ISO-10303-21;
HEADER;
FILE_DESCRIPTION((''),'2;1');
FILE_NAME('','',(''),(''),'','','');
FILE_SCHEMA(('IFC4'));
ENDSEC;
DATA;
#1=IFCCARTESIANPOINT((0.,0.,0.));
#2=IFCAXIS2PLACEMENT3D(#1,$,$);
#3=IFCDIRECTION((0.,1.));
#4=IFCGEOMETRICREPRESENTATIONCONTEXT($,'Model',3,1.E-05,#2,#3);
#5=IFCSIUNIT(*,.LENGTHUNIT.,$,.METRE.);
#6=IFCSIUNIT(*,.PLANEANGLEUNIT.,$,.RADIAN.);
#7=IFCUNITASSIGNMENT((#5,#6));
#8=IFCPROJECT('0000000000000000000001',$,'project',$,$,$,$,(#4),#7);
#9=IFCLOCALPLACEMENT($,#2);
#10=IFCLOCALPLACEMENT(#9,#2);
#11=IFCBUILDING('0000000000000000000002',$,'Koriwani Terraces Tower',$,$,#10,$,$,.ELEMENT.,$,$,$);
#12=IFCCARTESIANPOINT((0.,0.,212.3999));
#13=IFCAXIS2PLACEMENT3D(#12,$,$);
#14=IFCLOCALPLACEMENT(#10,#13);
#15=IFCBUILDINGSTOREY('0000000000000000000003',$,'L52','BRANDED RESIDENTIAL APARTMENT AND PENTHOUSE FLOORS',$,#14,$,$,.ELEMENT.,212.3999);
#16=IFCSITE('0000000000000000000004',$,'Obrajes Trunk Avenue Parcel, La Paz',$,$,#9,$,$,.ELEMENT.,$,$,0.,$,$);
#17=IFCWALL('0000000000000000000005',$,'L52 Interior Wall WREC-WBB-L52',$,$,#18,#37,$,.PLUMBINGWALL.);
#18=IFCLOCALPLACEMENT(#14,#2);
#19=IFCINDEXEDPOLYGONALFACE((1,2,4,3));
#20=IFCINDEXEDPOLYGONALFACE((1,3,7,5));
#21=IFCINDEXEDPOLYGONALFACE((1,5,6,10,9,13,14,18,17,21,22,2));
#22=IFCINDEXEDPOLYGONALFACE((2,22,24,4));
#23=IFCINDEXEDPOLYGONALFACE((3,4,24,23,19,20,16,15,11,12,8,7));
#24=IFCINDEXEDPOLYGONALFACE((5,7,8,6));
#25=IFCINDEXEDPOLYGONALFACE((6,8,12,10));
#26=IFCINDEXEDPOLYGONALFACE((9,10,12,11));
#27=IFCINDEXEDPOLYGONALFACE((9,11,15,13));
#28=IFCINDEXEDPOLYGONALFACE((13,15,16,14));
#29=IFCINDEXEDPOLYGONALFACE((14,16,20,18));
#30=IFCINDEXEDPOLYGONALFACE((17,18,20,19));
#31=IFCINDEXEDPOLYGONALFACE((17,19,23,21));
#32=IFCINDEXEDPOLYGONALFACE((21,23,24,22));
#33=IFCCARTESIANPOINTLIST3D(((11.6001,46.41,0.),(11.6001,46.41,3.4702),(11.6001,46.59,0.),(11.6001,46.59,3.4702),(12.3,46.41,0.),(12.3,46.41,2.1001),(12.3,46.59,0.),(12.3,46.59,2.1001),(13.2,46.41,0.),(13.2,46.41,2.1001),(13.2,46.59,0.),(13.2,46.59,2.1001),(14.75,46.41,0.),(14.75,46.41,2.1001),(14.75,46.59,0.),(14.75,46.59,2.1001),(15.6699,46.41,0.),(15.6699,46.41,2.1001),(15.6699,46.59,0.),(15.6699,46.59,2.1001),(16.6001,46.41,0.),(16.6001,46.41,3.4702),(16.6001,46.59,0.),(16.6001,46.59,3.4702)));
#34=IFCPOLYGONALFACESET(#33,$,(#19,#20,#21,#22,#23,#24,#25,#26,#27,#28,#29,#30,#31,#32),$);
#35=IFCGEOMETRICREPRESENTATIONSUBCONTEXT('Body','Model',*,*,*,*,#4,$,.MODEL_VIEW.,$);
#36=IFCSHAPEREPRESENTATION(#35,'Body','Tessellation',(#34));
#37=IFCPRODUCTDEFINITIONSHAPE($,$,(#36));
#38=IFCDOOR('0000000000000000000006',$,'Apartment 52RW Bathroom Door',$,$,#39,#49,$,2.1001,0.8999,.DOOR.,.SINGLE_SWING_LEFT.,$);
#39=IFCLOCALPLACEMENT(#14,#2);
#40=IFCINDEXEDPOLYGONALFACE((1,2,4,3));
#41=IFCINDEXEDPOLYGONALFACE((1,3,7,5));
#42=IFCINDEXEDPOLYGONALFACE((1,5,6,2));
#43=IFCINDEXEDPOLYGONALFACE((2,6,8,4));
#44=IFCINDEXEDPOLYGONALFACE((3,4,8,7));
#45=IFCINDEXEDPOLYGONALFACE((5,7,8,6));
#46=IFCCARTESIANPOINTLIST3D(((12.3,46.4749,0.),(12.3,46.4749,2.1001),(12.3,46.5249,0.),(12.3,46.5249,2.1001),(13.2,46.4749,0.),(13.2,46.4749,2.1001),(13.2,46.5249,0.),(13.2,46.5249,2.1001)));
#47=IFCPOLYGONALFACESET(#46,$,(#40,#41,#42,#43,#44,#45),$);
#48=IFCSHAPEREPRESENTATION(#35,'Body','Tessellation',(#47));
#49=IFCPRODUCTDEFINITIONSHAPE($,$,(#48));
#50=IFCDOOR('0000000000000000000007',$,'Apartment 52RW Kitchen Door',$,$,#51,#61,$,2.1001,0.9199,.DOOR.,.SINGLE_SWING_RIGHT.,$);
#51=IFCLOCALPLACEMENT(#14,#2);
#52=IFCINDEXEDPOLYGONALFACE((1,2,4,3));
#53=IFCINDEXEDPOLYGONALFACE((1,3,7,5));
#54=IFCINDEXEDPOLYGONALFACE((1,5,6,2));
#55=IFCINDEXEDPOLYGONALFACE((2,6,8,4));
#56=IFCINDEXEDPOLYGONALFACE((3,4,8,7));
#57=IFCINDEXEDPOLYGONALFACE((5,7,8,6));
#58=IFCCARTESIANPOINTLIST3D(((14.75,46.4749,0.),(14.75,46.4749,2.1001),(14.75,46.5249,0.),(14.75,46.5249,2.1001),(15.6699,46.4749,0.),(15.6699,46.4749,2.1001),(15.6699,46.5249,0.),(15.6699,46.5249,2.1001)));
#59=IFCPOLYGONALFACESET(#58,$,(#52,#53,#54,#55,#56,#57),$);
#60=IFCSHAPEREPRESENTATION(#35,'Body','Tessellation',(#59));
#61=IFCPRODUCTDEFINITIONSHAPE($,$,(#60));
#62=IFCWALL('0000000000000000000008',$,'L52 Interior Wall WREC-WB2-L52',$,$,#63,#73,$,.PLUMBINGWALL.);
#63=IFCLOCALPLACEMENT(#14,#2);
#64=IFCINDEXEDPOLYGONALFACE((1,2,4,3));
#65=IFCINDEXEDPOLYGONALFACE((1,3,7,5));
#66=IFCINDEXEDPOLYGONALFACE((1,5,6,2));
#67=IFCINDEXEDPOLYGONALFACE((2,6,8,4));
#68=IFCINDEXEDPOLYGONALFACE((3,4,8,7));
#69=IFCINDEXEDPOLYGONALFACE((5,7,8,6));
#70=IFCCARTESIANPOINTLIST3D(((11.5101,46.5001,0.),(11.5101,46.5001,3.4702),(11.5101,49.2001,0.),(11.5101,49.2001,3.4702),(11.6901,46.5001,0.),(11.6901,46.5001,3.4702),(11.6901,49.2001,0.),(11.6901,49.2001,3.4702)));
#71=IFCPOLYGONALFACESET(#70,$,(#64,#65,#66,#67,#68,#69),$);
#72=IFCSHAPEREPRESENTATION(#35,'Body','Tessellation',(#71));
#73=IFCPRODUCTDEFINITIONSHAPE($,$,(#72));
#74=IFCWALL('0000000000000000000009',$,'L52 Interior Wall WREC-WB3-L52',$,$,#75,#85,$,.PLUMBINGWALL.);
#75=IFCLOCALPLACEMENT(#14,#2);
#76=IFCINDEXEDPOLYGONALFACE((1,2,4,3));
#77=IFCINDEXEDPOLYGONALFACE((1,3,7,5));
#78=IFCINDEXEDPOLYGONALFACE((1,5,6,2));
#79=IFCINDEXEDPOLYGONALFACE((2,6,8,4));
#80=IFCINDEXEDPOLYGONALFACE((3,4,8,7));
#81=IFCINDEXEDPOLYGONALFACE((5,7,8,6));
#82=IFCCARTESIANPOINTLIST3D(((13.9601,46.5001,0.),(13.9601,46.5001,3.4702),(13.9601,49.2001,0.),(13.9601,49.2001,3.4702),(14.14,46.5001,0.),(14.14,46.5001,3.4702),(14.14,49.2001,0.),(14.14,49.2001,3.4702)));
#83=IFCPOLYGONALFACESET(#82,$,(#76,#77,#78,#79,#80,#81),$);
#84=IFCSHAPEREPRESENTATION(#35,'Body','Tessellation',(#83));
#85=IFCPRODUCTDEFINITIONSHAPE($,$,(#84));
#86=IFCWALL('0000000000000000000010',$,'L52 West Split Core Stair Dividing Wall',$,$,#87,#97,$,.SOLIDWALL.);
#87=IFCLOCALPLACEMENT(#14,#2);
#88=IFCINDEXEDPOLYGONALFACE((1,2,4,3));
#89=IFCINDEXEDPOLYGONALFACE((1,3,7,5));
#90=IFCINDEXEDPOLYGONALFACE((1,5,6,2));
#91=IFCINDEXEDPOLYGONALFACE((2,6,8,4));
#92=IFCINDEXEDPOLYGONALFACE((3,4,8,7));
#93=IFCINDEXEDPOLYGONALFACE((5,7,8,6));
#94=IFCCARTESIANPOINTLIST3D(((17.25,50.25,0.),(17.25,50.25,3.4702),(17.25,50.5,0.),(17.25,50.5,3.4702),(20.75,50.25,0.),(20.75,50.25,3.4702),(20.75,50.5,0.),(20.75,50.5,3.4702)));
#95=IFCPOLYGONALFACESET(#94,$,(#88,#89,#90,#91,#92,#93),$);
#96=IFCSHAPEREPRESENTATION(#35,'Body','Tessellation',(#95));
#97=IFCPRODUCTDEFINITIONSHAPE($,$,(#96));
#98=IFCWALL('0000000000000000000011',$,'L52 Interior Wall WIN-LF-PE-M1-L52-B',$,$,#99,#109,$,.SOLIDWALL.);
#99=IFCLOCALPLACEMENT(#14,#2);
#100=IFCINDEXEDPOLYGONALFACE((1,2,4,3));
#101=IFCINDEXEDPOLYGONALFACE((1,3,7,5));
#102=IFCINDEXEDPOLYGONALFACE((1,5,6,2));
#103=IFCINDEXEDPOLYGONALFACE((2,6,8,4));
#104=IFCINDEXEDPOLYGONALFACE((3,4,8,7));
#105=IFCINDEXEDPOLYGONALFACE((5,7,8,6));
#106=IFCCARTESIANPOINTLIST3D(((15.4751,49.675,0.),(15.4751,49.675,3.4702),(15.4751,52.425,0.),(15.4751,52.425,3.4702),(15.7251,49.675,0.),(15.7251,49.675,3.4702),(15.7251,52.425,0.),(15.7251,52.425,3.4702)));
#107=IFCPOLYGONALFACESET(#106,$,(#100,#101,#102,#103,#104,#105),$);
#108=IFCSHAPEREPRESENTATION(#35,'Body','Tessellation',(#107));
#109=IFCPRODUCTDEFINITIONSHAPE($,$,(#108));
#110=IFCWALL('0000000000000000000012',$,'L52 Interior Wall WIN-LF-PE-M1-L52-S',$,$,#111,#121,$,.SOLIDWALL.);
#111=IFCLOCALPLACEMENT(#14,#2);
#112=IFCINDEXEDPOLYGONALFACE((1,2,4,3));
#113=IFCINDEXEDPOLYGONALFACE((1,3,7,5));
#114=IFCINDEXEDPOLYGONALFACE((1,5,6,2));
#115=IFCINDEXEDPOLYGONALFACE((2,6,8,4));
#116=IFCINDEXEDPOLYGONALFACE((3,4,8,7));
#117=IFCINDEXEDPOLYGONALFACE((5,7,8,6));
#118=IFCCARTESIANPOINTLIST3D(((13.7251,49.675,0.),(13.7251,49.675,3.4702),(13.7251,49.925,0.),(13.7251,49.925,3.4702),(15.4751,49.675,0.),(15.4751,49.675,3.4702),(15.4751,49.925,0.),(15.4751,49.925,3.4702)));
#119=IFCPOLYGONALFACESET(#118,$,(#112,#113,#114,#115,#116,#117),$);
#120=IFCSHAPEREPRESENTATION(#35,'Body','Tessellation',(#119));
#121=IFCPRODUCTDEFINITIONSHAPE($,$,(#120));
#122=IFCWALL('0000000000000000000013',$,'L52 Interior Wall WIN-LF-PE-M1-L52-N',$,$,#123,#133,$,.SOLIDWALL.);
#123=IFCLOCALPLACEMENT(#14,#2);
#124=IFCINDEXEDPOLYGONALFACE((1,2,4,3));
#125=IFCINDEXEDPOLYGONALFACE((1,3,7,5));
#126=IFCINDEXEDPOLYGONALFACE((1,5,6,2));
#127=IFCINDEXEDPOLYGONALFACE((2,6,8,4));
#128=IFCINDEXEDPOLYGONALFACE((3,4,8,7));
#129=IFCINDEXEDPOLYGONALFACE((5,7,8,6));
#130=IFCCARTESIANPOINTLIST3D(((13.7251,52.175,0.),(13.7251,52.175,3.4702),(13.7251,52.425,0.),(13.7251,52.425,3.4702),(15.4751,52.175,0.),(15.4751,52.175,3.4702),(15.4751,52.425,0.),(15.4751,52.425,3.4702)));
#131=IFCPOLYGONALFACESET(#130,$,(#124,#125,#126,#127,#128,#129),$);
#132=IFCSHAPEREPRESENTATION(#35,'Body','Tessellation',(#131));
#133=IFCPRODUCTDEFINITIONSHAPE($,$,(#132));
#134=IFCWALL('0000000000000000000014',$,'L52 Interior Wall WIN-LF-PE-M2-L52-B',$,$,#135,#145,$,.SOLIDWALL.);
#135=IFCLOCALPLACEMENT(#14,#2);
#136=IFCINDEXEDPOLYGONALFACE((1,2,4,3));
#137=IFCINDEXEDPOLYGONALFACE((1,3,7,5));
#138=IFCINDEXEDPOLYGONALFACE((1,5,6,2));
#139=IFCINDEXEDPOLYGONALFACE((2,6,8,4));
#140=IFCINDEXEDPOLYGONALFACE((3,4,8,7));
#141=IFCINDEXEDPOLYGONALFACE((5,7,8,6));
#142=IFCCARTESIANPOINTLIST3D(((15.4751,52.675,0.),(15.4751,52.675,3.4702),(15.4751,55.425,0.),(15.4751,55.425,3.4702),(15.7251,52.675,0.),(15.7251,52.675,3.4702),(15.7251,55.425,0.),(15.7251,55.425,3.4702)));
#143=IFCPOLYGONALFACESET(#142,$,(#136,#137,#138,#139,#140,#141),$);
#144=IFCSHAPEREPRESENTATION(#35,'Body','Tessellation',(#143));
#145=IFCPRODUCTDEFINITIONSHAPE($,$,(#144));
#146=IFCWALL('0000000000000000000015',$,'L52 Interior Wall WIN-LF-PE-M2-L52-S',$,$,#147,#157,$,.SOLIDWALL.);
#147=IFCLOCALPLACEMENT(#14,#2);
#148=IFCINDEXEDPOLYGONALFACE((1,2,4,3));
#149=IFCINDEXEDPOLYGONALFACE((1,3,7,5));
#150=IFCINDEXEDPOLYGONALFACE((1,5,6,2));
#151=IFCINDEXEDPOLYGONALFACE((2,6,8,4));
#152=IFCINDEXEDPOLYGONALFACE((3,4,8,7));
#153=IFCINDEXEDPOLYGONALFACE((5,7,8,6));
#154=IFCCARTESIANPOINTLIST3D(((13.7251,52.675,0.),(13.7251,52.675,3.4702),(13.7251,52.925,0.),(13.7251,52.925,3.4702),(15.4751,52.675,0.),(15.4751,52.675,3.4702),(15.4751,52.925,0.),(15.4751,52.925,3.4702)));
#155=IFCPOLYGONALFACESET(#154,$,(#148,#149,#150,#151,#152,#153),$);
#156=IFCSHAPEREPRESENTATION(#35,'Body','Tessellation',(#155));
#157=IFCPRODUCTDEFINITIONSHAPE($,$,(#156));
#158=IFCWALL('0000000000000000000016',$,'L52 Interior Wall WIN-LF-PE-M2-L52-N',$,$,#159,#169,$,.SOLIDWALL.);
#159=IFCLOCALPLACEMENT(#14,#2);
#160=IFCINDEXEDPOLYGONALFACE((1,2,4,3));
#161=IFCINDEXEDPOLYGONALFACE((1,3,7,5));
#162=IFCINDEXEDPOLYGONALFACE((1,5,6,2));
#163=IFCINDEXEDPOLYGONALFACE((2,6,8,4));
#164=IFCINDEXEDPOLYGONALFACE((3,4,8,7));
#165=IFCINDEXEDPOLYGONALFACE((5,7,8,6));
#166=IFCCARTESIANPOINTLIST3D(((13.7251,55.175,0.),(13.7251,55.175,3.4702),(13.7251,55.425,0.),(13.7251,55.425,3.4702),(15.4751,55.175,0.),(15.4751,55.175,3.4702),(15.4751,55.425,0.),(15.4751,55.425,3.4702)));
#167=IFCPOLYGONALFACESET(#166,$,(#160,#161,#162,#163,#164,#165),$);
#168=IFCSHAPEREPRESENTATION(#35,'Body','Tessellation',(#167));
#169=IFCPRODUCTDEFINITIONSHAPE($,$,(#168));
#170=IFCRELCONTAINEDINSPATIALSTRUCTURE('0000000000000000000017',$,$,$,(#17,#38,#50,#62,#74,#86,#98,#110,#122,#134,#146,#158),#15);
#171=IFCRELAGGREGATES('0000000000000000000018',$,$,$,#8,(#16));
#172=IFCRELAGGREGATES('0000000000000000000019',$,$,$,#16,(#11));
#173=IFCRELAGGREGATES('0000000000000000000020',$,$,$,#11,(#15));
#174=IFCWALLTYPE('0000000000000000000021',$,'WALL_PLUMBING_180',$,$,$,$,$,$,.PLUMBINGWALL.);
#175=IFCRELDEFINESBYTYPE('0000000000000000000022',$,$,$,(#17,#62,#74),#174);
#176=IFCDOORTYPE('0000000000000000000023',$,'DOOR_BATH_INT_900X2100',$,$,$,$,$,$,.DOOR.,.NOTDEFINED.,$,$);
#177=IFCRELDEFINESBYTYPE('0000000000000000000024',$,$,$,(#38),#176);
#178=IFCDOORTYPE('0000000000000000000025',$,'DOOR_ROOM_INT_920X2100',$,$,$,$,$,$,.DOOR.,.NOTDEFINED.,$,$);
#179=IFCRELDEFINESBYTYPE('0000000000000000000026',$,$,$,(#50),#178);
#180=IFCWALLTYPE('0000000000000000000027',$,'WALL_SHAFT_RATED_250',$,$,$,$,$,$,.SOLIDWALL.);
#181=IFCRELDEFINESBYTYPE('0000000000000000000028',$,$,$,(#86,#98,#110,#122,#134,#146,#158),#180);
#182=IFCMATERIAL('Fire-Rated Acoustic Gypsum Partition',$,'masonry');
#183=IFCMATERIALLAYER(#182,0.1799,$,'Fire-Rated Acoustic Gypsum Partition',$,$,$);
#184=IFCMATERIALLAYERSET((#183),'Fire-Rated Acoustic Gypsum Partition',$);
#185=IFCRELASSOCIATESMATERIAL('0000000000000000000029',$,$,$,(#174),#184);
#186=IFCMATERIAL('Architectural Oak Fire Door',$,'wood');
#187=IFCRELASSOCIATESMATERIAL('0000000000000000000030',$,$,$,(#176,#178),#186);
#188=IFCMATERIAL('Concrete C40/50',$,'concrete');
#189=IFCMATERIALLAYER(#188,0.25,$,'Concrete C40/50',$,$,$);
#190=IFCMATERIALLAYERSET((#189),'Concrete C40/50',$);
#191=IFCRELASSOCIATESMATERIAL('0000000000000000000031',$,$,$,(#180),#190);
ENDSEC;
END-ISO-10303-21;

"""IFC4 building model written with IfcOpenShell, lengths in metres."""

from ifc_helpers import new_model, si_unit, direction, frame, frame_2d, origin, place, context, subcontext, project, spatial, rectangle, extrude, material, layer, layer_set, type_object, element, fill, save


model = new_model("IFC4")

# Units and contexts
model_context = context("Model", 3, precision=1e-05, world=origin(), true_north=direction((0.0, 1.0)))
body_context = subcontext(model_context, "Body", "Model", "MODEL_VIEW")
ifc_project = project(units=[si_unit("LENGTHUNIT", "METRE"), si_unit("PLANEANGLEUNIT", "RADIAN")], contexts=[model_context])

# Site, building, storey
site_placement = place(None, origin())
site = spatial("IfcSite", under=ifc_project, at=site_placement, Name="Obrajes Trunk Avenue Parcel, La Paz", CompositionType="ELEMENT", RefElevation=0.0)
building_placement = place(site_placement, origin())
building = spatial("IfcBuilding", under=site, at=building_placement, Name="Koriwani Terraces Tower", CompositionType="ELEMENT")
storey_placement = place(building_placement, frame((0.0, 0.0, 212.3999)))
storey = spatial("IfcBuildingStorey", under=building, at=storey_placement, Name="L52", Description="BRANDED RESIDENTIAL APARTMENT AND PENTHOUSE FLOORS", CompositionType="ELEMENT", Elevation=212.3999)

# Shared definitions
ifc_material_1 = material(Name="Concrete C40/50", Category="concrete")

# Wall, openings, doors
ifc_material_2 = material(Name="Fire-Rated Acoustic Gypsum Partition", Category="masonry")
ifc_layer_1 = layer(ifc_material_2, 0.1799, Name="Fire-Rated Acoustic Gypsum Partition")
ifc_layer_set_1 = layer_set([ifc_layer_1], Name="Fire-Rated Acoustic Gypsum Partition")
wall_type_1 = type_object("IfcWallType", Name="WALL_PLUMBING_180", PredefinedType="PLUMBINGWALL", material=ifc_layer_set_1)
wall_1_placement = place(storey_placement, frame((11.6001, 46.5, 0.0), z_axis=(0.0, 0.0, 1.0), x_axis=(1.0, 0.0, 0.0)))
wall_1 = element("IfcWall", 1, at=wall_1_placement, inside=storey, type_object=wall_type_1, Name="L52 Interior Wall WREC-WBB-L52", PredefinedType="PLUMBINGWALL", context=body_context, shape_type="SweptSolid", body=[
    extrude(rectangle(XDim=5.0, YDim=0.1799, at=frame_2d((2.5, 0.0))), origin(), (0.0, 0.0, 1.0), 3.4702),
])
opening_1_placement = place(wall_1_placement, frame((0.7, 0.0, 0.0)))
opening_1 = element("IfcOpeningElement", 2, at=opening_1_placement, cuts=wall_1, PredefinedType="OPENING", context=body_context, shape_type="SweptSolid", body=[
    extrude(rectangle(XDim=0.8999, YDim=2.1001, at=frame_2d((0.45, 1.05))), frame((0.0, 0.1001, 0.0), z_axis=(0.0, -1.0, 0.0), x_axis=(1.0, 0.0, 0.0)), (0.0, 0.0, 1.0), 0.2),
])
opening_2_placement = place(wall_1_placement, frame((3.1499, 0.0, 0.0)))
opening_2 = element("IfcOpeningElement", 3, at=opening_2_placement, cuts=wall_1, PredefinedType="OPENING", context=body_context, shape_type="SweptSolid", body=[
    extrude(rectangle(XDim=0.9199, YDim=2.1001, at=frame_2d((0.46, 1.05))), frame((0.0, 0.1001, 0.0), z_axis=(0.0, -1.0, 0.0), x_axis=(1.0, 0.0, 0.0)), (0.0, 0.0, 1.0), 0.2),
])
ifc_material_3 = material(Name="Architectural Oak Fire Door", Category="wood")
door_type_1 = type_object("IfcDoorType", Name="DOOR_BATH_INT_900X2100", OperationType="NOTDEFINED", PredefinedType="DOOR", material=ifc_material_3)
door_1_placement = place(opening_1_placement, origin())
door_1 = element("IfcDoor", 4, at=door_1_placement, inside=storey, type_object=door_type_1, Name="Apartment 52RW Bathroom Door", OperationType="SINGLE_SWING_LEFT", OverallHeight=2.1001, OverallWidth=0.8999, PredefinedType="DOOR", context=body_context, shape_type="SweptSolid", body=[
    extrude(rectangle(XDim=0.8999, YDim=2.1001, at=frame_2d((0.45, 1.05))), frame((0.0, 0.0249, 0.0), z_axis=(0.0, -1.0, 0.0), x_axis=(1.0, 0.0, 0.0)), (0.0, 0.0, 1.0), 0.05),
])
fill(opening_1, door_1)
door_type_2 = type_object("IfcDoorType", Name="DOOR_ROOM_INT_920X2100", OperationType="NOTDEFINED", PredefinedType="DOOR", material=ifc_material_3)
door_2_placement = place(opening_2_placement, origin())
door_2 = element("IfcDoor", 5, at=door_2_placement, inside=storey, type_object=door_type_2, Name="Apartment 52RW Kitchen Door", OperationType="SINGLE_SWING_RIGHT", OverallHeight=2.1001, OverallWidth=0.9199, PredefinedType="DOOR", context=body_context, shape_type="SweptSolid", body=[
    extrude(rectangle(XDim=0.9199, YDim=2.1001, at=frame_2d((0.46, 1.05))), frame((0.0, 0.0249, 0.0), z_axis=(0.0, -1.0, 0.0), x_axis=(1.0, 0.0, 0.0)), (0.0, 0.0, 1.0), 0.05),
])
fill(opening_2, door_2)

# Walls
for number, where, z_axis, x_axis, name in (
    (6, (11.6001, 46.5, 0.0), (0.0, 0.0, 1.0), (0.0, 1.0, 0.0), "L52 Interior Wall WREC-WB2-L52"),
    (7, (14.05, 46.5, 0.0), (0.0, 0.0, 1.0), (0.0, 1.0, 0.0), "L52 Interior Wall WREC-WB3-L52"),
):
    element("IfcWall", number, at=place(storey_placement, frame(where, z_axis=z_axis, x_axis=x_axis)), inside=storey, type_object=wall_type_1, Name=name, PredefinedType="PLUMBINGWALL", context=body_context, shape_type="SweptSolid", body=[
        extrude(rectangle(XDim=2.7, YDim=0.1799, at=frame_2d((1.3501, 0.0))), origin(), (0.0, 0.0, 1.0), 3.4702),
    ])
ifc_layer_2 = layer(ifc_material_1, 0.25, Name="Concrete C40/50")
ifc_layer_set_2 = layer_set([ifc_layer_2], Name="Concrete C40/50")
wall_type_2 = type_object("IfcWallType", Name="WALL_SHAFT_RATED_250", PredefinedType="SOLIDWALL", material=ifc_layer_set_2)
wall_2_placement = place(storey_placement, frame((17.25, 50.375, 0.0), z_axis=(0.0, 0.0, 1.0), x_axis=(1.0, 0.0, 0.0)))
element("IfcWall", 8, at=wall_2_placement, inside=storey, type_object=wall_type_2, Name="L52 West Split Core Stair Dividing Wall", PredefinedType="SOLIDWALL", context=body_context, shape_type="SweptSolid", body=[
    extrude(rectangle(XDim=3.5, YDim=0.25, at=frame_2d((1.75, 0.0))), origin(), (0.0, 0.0, 1.0), 3.4702),
])

# Walls
wall_3_placement = place(storey_placement, frame((15.6001, 49.675, 0.0), z_axis=(0.0, 0.0, 1.0), x_axis=(0.0, 1.0, 0.0)))
element("IfcWall", 9, at=wall_3_placement, inside=storey, type_object=wall_type_2, Name="L52 Interior Wall WIN-LF-PE-M1-L52-B", PredefinedType="SOLIDWALL", context=body_context, shape_type="SweptSolid", body=[
    extrude(rectangle(XDim=2.75, YDim=0.25, at=frame_2d((1.375, 0.0))), origin(), (0.0, 0.0, 1.0), 3.4702),
])
for number, where, z_axis, x_axis, name in (
    (10, (13.7251, 49.8, 0.0), (0.0, 0.0, 1.0), (1.0, 0.0, 0.0), "L52 Interior Wall WIN-LF-PE-M1-L52-S"),
    (11, (13.7251, 52.3, 0.0), (0.0, 0.0, 1.0), (1.0, 0.0, 0.0), "L52 Interior Wall WIN-LF-PE-M1-L52-N"),
):
    element("IfcWall", number, at=place(storey_placement, frame(where, z_axis=z_axis, x_axis=x_axis)), inside=storey, type_object=wall_type_2, Name=name, PredefinedType="SOLIDWALL", context=body_context, shape_type="SweptSolid", body=[
        extrude(rectangle(XDim=1.75, YDim=0.25, at=frame_2d((0.875, 0.0))), origin(), (0.0, 0.0, 1.0), 3.4702),
    ])

# Walls
wall_4_placement = place(storey_placement, frame((15.6001, 52.675, 0.0), z_axis=(0.0, 0.0, 1.0), x_axis=(0.0, 1.0, 0.0)))
element("IfcWall", 12, at=wall_4_placement, inside=storey, type_object=wall_type_2, Name="L52 Interior Wall WIN-LF-PE-M2-L52-B", PredefinedType="SOLIDWALL", context=body_context, shape_type="SweptSolid", body=[
    extrude(rectangle(XDim=2.75, YDim=0.25, at=frame_2d((1.375, 0.0))), origin(), (0.0, 0.0, 1.0), 3.4702),
])
for number, where, z_axis, x_axis, name in (
    (13, (13.7251, 52.8, 0.0), (0.0, 0.0, 1.0), (1.0, 0.0, 0.0), "L52 Interior Wall WIN-LF-PE-M2-L52-S"),
    (14, (13.7251, 55.3, 0.0), (0.0, 0.0, 1.0), (1.0, 0.0, 0.0), "L52 Interior Wall WIN-LF-PE-M2-L52-N"),
):
    element("IfcWall", number, at=place(storey_placement, frame(where, z_axis=z_axis, x_axis=x_axis)), inside=storey, type_object=wall_type_2, Name=name, PredefinedType="SOLIDWALL", context=body_context, shape_type="SweptSolid", body=[
        extrude(rectangle(XDim=1.75, YDim=0.25, at=frame_2d((0.875, 0.0))), origin(), (0.0, 0.0, 1.0), 3.4702),
    ])

save(model, "model.ifc")
